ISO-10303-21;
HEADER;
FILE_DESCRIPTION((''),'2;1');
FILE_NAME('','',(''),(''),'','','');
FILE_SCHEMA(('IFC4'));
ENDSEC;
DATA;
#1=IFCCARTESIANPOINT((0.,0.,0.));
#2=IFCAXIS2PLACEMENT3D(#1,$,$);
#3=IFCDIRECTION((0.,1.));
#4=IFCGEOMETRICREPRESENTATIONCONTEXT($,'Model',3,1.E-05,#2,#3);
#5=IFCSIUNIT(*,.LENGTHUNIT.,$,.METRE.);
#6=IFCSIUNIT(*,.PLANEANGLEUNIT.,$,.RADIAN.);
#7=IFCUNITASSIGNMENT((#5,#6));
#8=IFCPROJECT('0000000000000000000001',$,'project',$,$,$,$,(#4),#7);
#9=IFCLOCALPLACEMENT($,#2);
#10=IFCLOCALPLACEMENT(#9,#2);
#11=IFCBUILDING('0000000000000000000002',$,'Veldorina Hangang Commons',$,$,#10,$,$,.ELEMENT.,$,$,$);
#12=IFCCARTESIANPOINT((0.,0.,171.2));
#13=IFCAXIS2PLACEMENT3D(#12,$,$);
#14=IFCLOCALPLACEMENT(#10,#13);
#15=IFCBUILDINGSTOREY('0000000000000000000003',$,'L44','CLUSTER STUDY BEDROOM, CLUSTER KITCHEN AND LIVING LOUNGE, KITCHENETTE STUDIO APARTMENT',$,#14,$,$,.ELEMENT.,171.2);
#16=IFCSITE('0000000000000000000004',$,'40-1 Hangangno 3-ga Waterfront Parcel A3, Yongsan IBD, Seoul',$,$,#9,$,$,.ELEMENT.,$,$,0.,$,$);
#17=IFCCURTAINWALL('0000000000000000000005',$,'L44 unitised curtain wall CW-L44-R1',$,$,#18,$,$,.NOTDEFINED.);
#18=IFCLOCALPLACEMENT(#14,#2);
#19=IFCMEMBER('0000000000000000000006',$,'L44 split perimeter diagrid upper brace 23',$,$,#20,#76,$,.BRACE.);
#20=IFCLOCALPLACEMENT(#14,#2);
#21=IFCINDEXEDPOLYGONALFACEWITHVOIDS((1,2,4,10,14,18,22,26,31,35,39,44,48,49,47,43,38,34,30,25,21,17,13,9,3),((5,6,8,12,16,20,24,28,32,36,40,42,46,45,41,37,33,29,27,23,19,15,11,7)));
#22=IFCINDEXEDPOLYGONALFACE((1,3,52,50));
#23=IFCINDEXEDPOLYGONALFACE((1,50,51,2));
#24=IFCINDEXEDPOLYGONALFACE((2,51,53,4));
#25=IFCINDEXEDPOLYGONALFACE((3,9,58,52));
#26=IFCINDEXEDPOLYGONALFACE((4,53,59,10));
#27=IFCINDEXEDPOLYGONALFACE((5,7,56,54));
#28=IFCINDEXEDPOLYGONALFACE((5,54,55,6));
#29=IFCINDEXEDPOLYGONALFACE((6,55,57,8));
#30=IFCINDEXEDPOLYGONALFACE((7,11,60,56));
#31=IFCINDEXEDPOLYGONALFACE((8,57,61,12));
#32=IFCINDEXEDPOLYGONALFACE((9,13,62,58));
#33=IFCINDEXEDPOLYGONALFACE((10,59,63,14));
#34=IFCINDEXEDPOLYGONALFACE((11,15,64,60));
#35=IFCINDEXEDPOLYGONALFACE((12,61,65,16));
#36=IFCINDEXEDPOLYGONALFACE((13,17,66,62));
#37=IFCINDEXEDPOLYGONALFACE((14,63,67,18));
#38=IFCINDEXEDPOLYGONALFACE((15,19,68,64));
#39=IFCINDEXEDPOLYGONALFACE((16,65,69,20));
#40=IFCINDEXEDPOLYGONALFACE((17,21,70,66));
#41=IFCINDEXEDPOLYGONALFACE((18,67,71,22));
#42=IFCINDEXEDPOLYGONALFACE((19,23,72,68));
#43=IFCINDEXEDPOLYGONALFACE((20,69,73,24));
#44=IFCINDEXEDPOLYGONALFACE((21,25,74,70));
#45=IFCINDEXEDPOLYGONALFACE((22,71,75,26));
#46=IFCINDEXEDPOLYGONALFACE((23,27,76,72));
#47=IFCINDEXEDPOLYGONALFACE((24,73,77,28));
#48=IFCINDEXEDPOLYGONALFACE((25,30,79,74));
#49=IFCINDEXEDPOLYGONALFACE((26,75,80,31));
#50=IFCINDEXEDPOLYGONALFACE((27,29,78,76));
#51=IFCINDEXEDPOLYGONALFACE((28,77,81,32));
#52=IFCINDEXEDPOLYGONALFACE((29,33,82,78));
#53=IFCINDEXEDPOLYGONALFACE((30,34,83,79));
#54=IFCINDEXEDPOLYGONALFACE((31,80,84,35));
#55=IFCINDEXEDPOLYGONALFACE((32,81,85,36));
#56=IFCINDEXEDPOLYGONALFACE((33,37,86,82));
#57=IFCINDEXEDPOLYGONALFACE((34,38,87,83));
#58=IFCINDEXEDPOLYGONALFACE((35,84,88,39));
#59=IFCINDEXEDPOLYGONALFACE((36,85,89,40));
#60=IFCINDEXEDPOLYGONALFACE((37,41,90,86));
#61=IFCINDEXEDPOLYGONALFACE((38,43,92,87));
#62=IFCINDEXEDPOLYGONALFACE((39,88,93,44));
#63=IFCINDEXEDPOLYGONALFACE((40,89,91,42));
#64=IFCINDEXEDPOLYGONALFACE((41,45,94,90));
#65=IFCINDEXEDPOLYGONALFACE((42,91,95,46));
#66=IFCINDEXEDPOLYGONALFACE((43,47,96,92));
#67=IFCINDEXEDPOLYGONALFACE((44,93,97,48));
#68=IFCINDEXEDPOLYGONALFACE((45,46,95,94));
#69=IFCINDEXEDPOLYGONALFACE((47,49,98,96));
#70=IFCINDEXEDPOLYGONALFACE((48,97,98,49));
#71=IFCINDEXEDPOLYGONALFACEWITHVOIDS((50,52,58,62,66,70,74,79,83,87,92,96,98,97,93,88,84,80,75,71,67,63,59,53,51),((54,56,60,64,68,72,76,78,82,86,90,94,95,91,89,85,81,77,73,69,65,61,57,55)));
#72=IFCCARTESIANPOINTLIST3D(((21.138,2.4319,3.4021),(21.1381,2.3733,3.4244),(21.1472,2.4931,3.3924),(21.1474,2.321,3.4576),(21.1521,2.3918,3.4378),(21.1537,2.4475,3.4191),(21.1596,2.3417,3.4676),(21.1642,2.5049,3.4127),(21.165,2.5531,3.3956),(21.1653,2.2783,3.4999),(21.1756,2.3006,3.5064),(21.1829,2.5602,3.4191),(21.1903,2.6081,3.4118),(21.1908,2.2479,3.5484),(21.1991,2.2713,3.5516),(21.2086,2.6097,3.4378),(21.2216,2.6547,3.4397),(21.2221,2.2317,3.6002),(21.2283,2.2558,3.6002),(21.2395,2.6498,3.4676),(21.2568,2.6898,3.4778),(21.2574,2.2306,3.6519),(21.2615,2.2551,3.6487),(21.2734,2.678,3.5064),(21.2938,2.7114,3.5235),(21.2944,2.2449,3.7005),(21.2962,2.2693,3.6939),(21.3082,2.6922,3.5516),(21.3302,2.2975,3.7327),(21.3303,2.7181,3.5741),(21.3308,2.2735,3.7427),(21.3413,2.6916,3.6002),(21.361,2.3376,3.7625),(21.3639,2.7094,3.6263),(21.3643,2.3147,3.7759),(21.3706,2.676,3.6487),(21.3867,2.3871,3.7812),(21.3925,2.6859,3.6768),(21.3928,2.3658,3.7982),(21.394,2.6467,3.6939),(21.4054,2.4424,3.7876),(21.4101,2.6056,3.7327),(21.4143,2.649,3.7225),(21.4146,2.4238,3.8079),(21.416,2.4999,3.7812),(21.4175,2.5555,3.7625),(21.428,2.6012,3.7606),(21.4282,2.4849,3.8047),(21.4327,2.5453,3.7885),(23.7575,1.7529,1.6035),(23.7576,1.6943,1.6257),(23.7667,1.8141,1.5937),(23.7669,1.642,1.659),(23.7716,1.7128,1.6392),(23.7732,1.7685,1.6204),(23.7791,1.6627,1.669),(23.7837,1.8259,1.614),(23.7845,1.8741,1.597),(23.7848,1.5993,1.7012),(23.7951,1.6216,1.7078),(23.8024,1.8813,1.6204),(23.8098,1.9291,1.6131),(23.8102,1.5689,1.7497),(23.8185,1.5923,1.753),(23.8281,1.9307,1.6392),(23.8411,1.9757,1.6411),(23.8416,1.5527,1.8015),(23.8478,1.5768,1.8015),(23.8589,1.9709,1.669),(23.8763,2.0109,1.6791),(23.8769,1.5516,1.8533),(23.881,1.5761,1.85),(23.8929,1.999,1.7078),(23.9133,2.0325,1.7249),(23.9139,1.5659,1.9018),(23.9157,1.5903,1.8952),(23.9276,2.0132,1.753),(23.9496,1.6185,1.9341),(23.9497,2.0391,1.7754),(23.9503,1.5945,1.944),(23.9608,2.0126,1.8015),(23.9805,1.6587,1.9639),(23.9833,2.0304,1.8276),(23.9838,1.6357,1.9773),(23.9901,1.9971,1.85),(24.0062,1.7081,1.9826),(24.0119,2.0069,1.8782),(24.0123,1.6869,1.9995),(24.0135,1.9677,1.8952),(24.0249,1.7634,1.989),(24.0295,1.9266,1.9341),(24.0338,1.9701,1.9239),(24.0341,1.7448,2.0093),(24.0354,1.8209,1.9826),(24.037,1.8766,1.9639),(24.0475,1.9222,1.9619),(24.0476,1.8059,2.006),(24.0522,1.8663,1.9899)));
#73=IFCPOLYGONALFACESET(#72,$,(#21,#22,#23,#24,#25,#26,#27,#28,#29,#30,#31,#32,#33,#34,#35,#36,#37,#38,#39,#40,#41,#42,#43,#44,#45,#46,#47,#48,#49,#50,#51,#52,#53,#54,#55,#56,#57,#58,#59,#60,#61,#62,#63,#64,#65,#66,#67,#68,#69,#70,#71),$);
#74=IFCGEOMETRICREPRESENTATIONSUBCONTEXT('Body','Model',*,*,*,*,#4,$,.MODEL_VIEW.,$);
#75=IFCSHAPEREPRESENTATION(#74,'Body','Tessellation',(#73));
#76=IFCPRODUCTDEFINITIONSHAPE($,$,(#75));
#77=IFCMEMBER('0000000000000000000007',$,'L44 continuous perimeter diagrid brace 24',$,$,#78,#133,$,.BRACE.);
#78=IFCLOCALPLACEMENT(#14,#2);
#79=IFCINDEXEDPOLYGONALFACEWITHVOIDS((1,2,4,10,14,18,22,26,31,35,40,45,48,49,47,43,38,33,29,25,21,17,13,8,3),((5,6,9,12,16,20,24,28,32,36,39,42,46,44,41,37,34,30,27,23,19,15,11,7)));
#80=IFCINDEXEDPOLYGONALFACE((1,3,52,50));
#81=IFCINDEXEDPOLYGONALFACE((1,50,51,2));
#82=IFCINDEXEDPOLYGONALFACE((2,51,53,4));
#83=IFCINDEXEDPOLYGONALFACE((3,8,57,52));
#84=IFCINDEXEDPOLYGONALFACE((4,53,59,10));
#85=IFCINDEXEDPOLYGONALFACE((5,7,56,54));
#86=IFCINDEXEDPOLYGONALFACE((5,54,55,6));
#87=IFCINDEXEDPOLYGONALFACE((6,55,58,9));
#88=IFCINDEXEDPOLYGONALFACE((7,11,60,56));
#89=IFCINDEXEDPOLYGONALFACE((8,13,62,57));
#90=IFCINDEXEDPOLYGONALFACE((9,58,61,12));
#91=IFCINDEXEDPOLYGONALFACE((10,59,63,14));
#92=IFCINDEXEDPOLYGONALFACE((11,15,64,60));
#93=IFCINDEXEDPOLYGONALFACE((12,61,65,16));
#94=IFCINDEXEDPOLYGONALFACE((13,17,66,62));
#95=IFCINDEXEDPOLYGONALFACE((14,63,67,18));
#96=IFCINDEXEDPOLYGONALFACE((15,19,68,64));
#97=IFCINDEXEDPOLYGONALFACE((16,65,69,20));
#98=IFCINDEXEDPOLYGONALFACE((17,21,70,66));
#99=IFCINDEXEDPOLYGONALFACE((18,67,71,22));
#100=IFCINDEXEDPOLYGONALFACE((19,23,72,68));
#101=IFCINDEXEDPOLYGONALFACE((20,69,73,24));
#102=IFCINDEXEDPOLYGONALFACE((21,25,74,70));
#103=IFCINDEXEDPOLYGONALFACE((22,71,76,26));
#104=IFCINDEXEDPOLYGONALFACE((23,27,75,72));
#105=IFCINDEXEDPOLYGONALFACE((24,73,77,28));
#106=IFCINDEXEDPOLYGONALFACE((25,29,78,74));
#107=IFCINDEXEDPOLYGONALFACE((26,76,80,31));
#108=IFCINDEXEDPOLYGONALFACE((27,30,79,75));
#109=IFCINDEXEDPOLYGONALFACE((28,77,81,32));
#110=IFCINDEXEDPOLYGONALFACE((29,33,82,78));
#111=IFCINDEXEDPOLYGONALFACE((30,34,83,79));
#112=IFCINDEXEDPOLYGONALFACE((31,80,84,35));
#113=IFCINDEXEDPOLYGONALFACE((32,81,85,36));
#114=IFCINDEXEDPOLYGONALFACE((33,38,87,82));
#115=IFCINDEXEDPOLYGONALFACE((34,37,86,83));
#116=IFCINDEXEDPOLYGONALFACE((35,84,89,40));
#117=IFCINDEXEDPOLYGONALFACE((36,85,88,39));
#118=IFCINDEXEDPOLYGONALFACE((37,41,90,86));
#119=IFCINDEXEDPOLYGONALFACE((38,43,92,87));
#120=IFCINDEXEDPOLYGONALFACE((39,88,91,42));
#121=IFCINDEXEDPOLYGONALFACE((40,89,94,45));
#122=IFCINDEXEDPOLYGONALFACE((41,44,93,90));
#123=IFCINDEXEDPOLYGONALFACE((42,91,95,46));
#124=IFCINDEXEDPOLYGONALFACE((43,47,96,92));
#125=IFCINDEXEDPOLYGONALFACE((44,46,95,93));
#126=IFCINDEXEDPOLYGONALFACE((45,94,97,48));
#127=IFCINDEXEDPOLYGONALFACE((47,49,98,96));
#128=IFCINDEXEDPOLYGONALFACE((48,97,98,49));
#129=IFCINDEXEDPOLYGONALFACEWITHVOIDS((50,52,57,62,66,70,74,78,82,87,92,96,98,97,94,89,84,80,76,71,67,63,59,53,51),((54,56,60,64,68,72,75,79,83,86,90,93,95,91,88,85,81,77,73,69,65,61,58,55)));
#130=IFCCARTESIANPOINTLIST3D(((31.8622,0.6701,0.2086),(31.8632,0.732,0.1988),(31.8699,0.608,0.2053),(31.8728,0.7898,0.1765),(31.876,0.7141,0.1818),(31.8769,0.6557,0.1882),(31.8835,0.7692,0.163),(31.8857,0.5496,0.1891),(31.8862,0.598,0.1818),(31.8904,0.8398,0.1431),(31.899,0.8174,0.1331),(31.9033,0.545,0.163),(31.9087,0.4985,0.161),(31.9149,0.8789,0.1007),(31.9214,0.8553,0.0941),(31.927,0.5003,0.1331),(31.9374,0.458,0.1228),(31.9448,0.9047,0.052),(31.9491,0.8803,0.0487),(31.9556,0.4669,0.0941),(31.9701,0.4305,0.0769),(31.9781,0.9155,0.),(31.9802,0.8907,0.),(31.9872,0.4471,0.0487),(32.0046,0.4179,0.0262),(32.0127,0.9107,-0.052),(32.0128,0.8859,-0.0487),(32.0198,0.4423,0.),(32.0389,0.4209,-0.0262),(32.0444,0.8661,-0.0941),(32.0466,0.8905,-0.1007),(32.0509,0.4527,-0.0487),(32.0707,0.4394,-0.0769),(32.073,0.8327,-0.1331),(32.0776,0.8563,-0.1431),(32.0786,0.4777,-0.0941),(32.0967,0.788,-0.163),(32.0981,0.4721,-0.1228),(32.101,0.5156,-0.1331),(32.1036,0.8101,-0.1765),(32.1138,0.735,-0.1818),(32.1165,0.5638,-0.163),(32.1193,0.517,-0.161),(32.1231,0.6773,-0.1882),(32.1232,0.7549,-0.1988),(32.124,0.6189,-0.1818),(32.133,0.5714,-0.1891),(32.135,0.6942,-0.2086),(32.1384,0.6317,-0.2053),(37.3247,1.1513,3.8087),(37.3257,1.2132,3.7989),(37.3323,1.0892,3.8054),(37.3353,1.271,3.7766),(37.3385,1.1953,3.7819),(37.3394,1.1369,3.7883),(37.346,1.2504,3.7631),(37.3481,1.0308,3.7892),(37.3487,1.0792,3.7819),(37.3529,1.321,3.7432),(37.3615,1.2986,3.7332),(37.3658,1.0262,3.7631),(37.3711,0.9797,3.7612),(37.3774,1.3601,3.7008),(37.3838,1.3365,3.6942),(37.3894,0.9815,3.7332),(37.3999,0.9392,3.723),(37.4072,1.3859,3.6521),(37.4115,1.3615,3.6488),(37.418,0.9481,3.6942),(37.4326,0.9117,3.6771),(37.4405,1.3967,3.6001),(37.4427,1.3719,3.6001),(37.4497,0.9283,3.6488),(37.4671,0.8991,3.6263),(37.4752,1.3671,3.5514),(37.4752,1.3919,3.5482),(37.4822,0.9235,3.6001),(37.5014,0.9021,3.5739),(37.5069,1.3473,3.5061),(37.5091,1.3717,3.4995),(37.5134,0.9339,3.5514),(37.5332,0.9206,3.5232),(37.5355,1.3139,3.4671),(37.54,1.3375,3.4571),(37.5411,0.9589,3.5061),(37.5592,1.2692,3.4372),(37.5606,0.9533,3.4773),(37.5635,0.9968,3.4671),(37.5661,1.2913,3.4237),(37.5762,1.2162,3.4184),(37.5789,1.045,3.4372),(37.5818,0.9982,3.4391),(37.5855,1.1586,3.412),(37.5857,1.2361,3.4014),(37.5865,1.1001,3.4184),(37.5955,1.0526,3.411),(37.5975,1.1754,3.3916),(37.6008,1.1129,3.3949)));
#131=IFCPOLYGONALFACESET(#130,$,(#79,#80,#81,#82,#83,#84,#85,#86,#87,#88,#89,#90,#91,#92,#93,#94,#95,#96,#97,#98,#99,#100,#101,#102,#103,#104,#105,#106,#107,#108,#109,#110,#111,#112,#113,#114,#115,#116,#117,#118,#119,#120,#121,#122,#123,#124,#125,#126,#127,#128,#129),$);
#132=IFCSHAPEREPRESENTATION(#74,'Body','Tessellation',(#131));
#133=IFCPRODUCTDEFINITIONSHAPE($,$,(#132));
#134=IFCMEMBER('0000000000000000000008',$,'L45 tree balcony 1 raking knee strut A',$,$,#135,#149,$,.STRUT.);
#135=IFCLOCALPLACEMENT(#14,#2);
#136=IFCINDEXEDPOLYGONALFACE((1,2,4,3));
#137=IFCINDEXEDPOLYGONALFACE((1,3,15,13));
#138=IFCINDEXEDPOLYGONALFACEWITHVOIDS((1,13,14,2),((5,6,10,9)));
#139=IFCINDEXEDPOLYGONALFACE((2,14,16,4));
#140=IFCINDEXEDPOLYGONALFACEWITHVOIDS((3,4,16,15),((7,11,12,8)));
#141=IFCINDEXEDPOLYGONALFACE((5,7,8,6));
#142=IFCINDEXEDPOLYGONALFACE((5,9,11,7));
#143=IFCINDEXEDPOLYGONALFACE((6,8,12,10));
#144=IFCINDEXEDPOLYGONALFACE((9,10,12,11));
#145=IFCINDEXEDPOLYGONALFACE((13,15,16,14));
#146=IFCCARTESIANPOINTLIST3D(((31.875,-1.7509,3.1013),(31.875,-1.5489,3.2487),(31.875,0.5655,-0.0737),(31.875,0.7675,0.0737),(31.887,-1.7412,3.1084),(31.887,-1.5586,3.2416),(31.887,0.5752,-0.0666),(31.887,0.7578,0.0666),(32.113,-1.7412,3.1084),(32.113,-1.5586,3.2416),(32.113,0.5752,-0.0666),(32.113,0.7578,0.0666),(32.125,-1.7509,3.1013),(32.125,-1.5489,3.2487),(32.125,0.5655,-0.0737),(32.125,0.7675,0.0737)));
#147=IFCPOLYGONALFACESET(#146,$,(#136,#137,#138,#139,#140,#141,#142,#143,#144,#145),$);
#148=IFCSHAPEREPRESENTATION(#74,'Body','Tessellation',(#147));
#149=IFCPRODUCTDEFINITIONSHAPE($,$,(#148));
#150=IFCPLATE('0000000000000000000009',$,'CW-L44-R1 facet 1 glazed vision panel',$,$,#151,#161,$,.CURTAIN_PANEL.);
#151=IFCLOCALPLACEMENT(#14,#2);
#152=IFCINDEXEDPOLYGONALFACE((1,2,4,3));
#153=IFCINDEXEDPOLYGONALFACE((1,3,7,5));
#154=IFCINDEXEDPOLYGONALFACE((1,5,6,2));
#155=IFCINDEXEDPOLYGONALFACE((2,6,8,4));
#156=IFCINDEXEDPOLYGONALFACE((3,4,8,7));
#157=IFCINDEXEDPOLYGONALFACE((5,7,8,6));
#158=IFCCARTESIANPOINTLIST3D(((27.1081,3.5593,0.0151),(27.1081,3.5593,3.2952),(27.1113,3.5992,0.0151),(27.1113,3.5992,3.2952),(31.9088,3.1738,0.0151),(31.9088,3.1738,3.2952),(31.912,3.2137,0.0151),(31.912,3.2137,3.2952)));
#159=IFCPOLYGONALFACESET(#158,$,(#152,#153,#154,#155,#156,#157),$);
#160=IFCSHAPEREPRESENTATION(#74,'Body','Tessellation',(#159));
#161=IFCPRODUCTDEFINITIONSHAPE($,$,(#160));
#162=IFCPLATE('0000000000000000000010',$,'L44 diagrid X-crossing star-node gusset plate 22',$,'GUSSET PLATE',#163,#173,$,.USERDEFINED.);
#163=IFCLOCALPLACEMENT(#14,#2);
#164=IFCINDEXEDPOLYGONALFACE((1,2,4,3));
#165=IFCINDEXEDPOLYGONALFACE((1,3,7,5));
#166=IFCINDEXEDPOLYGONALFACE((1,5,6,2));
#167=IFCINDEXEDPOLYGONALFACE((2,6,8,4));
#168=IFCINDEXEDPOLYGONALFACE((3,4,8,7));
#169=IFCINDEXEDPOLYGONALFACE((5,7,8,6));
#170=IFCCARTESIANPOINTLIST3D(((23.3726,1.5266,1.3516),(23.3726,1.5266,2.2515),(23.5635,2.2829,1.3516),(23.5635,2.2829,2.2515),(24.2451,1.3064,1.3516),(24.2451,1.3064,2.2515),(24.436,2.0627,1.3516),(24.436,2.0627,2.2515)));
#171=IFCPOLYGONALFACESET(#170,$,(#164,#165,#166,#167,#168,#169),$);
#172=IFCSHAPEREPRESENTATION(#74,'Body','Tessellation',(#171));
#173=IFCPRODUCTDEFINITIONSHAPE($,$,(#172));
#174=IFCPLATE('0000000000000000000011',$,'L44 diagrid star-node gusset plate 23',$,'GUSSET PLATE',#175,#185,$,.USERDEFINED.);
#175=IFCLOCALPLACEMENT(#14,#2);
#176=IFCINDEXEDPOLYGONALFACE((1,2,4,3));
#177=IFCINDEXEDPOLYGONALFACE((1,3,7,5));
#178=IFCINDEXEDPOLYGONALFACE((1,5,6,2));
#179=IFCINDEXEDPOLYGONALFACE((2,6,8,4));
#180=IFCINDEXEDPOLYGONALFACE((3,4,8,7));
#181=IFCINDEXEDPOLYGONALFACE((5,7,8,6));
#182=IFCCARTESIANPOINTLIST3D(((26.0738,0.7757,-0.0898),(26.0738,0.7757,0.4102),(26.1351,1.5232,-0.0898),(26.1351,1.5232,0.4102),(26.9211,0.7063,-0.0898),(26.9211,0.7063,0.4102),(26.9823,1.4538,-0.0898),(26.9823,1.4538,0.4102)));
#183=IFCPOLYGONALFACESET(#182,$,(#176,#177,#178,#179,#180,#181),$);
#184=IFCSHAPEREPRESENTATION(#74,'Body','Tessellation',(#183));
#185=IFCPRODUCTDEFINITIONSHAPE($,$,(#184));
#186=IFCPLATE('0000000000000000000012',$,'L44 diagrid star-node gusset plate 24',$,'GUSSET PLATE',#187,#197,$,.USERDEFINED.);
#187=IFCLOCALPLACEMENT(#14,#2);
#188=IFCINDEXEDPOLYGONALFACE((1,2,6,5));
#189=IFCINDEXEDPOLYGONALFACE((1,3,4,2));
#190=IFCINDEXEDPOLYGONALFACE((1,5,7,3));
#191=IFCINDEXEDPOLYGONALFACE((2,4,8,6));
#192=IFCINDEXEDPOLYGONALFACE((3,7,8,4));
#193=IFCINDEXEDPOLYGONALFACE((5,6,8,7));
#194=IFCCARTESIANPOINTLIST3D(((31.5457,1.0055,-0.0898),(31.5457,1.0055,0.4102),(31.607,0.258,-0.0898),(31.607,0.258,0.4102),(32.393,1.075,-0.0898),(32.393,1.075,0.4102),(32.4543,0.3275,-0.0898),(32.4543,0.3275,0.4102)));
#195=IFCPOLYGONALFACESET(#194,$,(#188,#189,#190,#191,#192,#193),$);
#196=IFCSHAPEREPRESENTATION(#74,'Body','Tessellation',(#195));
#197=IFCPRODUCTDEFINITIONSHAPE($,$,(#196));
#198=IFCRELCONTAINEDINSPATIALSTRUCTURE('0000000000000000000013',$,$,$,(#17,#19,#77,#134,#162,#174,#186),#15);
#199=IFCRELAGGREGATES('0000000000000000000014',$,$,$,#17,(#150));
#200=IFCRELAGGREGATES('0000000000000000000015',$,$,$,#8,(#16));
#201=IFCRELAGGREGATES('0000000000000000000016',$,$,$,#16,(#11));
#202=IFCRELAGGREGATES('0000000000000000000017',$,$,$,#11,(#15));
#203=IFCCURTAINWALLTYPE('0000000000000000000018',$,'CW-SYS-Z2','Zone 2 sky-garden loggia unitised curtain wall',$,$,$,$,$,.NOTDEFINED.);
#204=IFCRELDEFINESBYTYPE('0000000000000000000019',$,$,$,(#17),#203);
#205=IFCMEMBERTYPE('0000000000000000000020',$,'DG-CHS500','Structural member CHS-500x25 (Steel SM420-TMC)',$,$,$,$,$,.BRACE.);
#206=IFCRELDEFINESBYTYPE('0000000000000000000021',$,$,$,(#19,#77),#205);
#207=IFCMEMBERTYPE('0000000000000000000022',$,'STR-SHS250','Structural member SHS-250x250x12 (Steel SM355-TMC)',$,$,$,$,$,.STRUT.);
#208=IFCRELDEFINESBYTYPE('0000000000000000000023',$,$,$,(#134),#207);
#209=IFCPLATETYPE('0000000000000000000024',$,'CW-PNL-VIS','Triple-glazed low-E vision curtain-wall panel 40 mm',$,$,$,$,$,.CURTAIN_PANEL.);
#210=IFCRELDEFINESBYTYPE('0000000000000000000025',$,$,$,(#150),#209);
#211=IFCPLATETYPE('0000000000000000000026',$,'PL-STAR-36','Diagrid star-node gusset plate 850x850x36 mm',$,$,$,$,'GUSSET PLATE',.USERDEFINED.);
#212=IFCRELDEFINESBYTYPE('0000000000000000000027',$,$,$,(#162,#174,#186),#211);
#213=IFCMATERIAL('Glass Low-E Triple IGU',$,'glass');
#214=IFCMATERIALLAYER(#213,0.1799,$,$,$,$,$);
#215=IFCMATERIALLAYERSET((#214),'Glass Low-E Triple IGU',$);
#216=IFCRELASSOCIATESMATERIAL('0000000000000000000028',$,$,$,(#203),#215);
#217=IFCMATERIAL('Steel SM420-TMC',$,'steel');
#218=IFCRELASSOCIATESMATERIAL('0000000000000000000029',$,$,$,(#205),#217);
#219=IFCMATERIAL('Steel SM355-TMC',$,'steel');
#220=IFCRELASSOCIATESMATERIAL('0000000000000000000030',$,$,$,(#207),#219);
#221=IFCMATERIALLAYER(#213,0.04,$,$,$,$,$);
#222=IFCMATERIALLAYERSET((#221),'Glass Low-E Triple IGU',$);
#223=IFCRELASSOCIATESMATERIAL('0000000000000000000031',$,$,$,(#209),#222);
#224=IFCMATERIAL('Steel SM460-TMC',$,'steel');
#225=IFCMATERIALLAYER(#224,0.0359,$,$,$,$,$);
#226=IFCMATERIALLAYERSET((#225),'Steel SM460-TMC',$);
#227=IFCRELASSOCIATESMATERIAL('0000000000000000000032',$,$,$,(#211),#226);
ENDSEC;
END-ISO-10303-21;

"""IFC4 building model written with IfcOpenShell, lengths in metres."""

from ifc_helpers import new_model, si_unit, direction, frame, origin, origin_2d, place, context, subcontext, project, spatial, rectangle, hollow_rectangle, hollow_circle, extrude, material, layer, layer_set, material_profile, profile_set, type_object, element, aggregate, save


model = new_model("IFC4")

# Units and contexts
model_context = context("Model", 3, precision=1e-05, world=origin(), true_north=direction((0.0, 1.0)))
body_context = subcontext(model_context, "Body", "Model", "MODEL_VIEW")
ifc_project = project(units=[si_unit("LENGTHUNIT", "METRE"), si_unit("PLANEANGLEUNIT", "RADIAN")], contexts=[model_context])

# Site, building, storey
site_placement = place(None, origin())
site = spatial("IfcSite", under=ifc_project, at=site_placement, Name="40-1 Hangangno 3-ga Waterfront Parcel A3, Yongsan IBD, Seoul", CompositionType="ELEMENT", RefElevation=0.0)
building_placement = place(site_placement, origin())
building = spatial("IfcBuilding", under=site, at=building_placement, Name="Veldorina Hangang Commons", CompositionType="ELEMENT")
storey_placement = place(building_placement, frame((0.0, 0.0, 171.2)))
storey = spatial("IfcBuildingStorey", under=building, at=storey_placement, Name="L44", Description="CLUSTER STUDY BEDROOM, CLUSTER KITCHEN AND LIVING LOUNGE, KITCHENETTE STUDIO APARTMENT", CompositionType="ELEMENT", Elevation=171.2)

# Shared definitions
ifc_material_1 = material(Name="Steel SM355-TMC", Category="steel")
ifc_material_2 = material(Name="Steel SM420-TMC", Category="steel")

# Curtain wall
ifc_material_3 = material(Name="Glass Low-E Triple IGU", Category="glass")
ifc_layer_1 = layer(ifc_material_3, 0.1799)
ifc_layer_set_1 = layer_set([ifc_layer_1], Name="Glass Low-E Triple IGU")
curtain_wall_type = type_object("IfcCurtainWallType", Name="CW-SYS-Z2", Description="Zone 2 sky-garden loggia unitised curtain wall", PredefinedType="NOTDEFINED", material=ifc_layer_set_1)
curtain_wall_placement = place(storey_placement, origin())
curtain_wall = element("IfcCurtainWall", 1, at=curtain_wall_placement, inside=storey, type_object=curtain_wall_type, Name="L44 unitised curtain wall CW-L44-R1", PredefinedType="NOTDEFINED")

# Members
ifc_material_profile_1 = material_profile(ifc_material_2, hollow_circle(Radius=0.25, WallThickness=0.0249, at=origin_2d()), Name="CHS-500x25")
ifc_profile_set_1 = profile_set([ifc_material_profile_1], Name="Steel SM420-TMC")
member_type_1 = type_object("IfcMemberType", Name="DG-CHS500", Description="Structural member CHS-500x25 (Steel SM420-TMC)", PredefinedType="BRACE", material=ifc_profile_set_1)
member_1_placement = place(storey_placement, frame((23.9043, 1.7947, 1.8015), z_axis=(-0.806172, 0.208963, 0.553553), x_axis=(-0.250912, -0.96801, 0.0)))
element("IfcMember", 2, at=member_1_placement, inside=storey, type_object=member_type_1, Name="L44 split perimeter diagrid upper brace 23", PredefinedType="BRACE", context=body_context, shape_type="SweptSolid", body=[
    extrude(hollow_circle(Radius=0.25, WallThickness=0.0249, at=origin_2d()), origin(), (0.0, 0.0, 1.0), 3.2493),
])
member_2_placement = place(storey_placement, frame((32.0, 0.6665, 0.0), z_axis=(0.832717, 0.073357, 0.548818), x_axis=(-0.087753, 0.996142, 0.0)))
element("IfcMember", 3, at=member_2_placement, inside=storey, type_object=member_type_1, Name="L44 continuous perimeter diagrid brace 24", PredefinedType="BRACE", context=body_context, shape_type="SweptSolid", body=[
    extrude(hollow_circle(Radius=0.25, WallThickness=0.0249, at=origin_2d()), origin(), (0.0, 0.0, 1.0), 6.5598),
])
ifc_material_profile_2 = material_profile(ifc_material_1, hollow_rectangle(XDim=0.25, YDim=0.25, WallThickness=0.012, at=origin_2d()), Name="SHS-250x250x12")
ifc_profile_set_2 = profile_set([ifc_material_profile_2], Name="Steel SM355-TMC")
member_type_2 = type_object("IfcMemberType", Name="STR-SHS250", Description="Structural member SHS-250x250x12 (Steel SM355-TMC)", PredefinedType="STRUT", material=ifc_profile_set_2)
member_3_placement = place(storey_placement, frame((32.0, 0.6665, 0.0), z_axis=(0.0, -0.589383, 0.807854), x_axis=(1.0, 0.0, 0.0)))
element("IfcMember", 4, at=member_3_placement, inside=storey, type_object=member_type_2, Name="L45 tree balcony 1 raking knee strut A", PredefinedType="STRUT", context=body_context, shape_type="SweptSolid", body=[
    extrude(hollow_rectangle(XDim=0.25, YDim=0.25, WallThickness=0.012, at=origin_2d()), origin(), (0.0, 0.0, 1.0), 3.9302),
])

# Plate
ifc_layer_2 = layer(ifc_material_3, 0.04)
ifc_layer_set_2 = layer_set([ifc_layer_2], Name="Glass Low-E Triple IGU")
plate_type_1 = type_object("IfcPlateType", Name="CW-PNL-VIS", Description="Triple-glazed low-E vision curtain-wall panel 40 mm", PredefinedType="CURTAIN_PANEL", material=ifc_layer_set_2)
plate_1_placement = place(storey_placement, frame((29.51, 3.3865, 0.0151), z_axis=(0.0, 0.0, 1.0), x_axis=(0.996791, -0.080042, 0.0)))
plate_1 = element("IfcPlate", 5, at=plate_1_placement, type_object=plate_type_1, Name="CW-L44-R1 facet 1 glazed vision panel", PredefinedType="CURTAIN_PANEL", context=body_context, shape_type="SweptSolid", body=[
    extrude(rectangle(XDim=4.8162, YDim=0.04, at=origin_2d()), origin(), (0.0, 0.0, 1.0), 3.28),
])
aggregate(curtain_wall, [plate_1])

# Plates
ifc_material_4 = material(Name="Steel SM460-TMC", Category="steel")
ifc_layer_3 = layer(ifc_material_4, 0.0359)
ifc_layer_set_3 = layer_set([ifc_layer_3], Name="Steel SM460-TMC")
plate_type_2 = type_object("IfcPlateType", Name="PL-STAR-36", Description="Diagrid star-node gusset plate 850x850x36 mm", ElementType="GUSSET PLATE", PredefinedType="USERDEFINED", material=ifc_layer_set_3)
plate_2_placement = place(storey_placement, frame((23.9043, 1.7947, 1.3516), z_axis=(0.0, 0.0, 1.0), x_axis=(0.969595, -0.244715, 0.0)))
element("IfcPlate", 6, at=plate_2_placement, inside=storey, type_object=plate_type_2, Name="L44 diagrid X-crossing star-node gusset plate 22", ObjectType="GUSSET PLATE", PredefinedType="USERDEFINED", context=body_context, shape_type="SweptSolid", body=[
    extrude(rectangle(XDim=0.8999, YDim=0.78, at=origin_2d()), origin(), (0.0, 0.0, 1.0), 0.8999),
])
for number, where, z_axis, x_axis, name in (
    (7, (26.5281, 1.1147, -0.0898), (0.0, 0.0, 1.0), (0.99666, -0.08166, 0.0), "L44 diagrid star-node gusset plate 23"),
    (8, (32.0, 0.6665, -0.0898), (0.0, 0.0, 1.0), (0.99666, 0.08166, 0.0), "L44 diagrid star-node gusset plate 24"),
):
    element("IfcPlate", number, at=place(storey_placement, frame(where, z_axis=z_axis, x_axis=x_axis)), inside=storey, type_object=plate_type_2, Name=name, ObjectType="GUSSET PLATE", PredefinedType="USERDEFINED", context=body_context, shape_type="SweptSolid", body=[
        extrude(rectangle(XDim=0.8501, YDim=0.75, at=origin_2d()), origin(), (0.0, 0.0, 1.0), 0.5),
    ])

save(model, "model.ifc")
